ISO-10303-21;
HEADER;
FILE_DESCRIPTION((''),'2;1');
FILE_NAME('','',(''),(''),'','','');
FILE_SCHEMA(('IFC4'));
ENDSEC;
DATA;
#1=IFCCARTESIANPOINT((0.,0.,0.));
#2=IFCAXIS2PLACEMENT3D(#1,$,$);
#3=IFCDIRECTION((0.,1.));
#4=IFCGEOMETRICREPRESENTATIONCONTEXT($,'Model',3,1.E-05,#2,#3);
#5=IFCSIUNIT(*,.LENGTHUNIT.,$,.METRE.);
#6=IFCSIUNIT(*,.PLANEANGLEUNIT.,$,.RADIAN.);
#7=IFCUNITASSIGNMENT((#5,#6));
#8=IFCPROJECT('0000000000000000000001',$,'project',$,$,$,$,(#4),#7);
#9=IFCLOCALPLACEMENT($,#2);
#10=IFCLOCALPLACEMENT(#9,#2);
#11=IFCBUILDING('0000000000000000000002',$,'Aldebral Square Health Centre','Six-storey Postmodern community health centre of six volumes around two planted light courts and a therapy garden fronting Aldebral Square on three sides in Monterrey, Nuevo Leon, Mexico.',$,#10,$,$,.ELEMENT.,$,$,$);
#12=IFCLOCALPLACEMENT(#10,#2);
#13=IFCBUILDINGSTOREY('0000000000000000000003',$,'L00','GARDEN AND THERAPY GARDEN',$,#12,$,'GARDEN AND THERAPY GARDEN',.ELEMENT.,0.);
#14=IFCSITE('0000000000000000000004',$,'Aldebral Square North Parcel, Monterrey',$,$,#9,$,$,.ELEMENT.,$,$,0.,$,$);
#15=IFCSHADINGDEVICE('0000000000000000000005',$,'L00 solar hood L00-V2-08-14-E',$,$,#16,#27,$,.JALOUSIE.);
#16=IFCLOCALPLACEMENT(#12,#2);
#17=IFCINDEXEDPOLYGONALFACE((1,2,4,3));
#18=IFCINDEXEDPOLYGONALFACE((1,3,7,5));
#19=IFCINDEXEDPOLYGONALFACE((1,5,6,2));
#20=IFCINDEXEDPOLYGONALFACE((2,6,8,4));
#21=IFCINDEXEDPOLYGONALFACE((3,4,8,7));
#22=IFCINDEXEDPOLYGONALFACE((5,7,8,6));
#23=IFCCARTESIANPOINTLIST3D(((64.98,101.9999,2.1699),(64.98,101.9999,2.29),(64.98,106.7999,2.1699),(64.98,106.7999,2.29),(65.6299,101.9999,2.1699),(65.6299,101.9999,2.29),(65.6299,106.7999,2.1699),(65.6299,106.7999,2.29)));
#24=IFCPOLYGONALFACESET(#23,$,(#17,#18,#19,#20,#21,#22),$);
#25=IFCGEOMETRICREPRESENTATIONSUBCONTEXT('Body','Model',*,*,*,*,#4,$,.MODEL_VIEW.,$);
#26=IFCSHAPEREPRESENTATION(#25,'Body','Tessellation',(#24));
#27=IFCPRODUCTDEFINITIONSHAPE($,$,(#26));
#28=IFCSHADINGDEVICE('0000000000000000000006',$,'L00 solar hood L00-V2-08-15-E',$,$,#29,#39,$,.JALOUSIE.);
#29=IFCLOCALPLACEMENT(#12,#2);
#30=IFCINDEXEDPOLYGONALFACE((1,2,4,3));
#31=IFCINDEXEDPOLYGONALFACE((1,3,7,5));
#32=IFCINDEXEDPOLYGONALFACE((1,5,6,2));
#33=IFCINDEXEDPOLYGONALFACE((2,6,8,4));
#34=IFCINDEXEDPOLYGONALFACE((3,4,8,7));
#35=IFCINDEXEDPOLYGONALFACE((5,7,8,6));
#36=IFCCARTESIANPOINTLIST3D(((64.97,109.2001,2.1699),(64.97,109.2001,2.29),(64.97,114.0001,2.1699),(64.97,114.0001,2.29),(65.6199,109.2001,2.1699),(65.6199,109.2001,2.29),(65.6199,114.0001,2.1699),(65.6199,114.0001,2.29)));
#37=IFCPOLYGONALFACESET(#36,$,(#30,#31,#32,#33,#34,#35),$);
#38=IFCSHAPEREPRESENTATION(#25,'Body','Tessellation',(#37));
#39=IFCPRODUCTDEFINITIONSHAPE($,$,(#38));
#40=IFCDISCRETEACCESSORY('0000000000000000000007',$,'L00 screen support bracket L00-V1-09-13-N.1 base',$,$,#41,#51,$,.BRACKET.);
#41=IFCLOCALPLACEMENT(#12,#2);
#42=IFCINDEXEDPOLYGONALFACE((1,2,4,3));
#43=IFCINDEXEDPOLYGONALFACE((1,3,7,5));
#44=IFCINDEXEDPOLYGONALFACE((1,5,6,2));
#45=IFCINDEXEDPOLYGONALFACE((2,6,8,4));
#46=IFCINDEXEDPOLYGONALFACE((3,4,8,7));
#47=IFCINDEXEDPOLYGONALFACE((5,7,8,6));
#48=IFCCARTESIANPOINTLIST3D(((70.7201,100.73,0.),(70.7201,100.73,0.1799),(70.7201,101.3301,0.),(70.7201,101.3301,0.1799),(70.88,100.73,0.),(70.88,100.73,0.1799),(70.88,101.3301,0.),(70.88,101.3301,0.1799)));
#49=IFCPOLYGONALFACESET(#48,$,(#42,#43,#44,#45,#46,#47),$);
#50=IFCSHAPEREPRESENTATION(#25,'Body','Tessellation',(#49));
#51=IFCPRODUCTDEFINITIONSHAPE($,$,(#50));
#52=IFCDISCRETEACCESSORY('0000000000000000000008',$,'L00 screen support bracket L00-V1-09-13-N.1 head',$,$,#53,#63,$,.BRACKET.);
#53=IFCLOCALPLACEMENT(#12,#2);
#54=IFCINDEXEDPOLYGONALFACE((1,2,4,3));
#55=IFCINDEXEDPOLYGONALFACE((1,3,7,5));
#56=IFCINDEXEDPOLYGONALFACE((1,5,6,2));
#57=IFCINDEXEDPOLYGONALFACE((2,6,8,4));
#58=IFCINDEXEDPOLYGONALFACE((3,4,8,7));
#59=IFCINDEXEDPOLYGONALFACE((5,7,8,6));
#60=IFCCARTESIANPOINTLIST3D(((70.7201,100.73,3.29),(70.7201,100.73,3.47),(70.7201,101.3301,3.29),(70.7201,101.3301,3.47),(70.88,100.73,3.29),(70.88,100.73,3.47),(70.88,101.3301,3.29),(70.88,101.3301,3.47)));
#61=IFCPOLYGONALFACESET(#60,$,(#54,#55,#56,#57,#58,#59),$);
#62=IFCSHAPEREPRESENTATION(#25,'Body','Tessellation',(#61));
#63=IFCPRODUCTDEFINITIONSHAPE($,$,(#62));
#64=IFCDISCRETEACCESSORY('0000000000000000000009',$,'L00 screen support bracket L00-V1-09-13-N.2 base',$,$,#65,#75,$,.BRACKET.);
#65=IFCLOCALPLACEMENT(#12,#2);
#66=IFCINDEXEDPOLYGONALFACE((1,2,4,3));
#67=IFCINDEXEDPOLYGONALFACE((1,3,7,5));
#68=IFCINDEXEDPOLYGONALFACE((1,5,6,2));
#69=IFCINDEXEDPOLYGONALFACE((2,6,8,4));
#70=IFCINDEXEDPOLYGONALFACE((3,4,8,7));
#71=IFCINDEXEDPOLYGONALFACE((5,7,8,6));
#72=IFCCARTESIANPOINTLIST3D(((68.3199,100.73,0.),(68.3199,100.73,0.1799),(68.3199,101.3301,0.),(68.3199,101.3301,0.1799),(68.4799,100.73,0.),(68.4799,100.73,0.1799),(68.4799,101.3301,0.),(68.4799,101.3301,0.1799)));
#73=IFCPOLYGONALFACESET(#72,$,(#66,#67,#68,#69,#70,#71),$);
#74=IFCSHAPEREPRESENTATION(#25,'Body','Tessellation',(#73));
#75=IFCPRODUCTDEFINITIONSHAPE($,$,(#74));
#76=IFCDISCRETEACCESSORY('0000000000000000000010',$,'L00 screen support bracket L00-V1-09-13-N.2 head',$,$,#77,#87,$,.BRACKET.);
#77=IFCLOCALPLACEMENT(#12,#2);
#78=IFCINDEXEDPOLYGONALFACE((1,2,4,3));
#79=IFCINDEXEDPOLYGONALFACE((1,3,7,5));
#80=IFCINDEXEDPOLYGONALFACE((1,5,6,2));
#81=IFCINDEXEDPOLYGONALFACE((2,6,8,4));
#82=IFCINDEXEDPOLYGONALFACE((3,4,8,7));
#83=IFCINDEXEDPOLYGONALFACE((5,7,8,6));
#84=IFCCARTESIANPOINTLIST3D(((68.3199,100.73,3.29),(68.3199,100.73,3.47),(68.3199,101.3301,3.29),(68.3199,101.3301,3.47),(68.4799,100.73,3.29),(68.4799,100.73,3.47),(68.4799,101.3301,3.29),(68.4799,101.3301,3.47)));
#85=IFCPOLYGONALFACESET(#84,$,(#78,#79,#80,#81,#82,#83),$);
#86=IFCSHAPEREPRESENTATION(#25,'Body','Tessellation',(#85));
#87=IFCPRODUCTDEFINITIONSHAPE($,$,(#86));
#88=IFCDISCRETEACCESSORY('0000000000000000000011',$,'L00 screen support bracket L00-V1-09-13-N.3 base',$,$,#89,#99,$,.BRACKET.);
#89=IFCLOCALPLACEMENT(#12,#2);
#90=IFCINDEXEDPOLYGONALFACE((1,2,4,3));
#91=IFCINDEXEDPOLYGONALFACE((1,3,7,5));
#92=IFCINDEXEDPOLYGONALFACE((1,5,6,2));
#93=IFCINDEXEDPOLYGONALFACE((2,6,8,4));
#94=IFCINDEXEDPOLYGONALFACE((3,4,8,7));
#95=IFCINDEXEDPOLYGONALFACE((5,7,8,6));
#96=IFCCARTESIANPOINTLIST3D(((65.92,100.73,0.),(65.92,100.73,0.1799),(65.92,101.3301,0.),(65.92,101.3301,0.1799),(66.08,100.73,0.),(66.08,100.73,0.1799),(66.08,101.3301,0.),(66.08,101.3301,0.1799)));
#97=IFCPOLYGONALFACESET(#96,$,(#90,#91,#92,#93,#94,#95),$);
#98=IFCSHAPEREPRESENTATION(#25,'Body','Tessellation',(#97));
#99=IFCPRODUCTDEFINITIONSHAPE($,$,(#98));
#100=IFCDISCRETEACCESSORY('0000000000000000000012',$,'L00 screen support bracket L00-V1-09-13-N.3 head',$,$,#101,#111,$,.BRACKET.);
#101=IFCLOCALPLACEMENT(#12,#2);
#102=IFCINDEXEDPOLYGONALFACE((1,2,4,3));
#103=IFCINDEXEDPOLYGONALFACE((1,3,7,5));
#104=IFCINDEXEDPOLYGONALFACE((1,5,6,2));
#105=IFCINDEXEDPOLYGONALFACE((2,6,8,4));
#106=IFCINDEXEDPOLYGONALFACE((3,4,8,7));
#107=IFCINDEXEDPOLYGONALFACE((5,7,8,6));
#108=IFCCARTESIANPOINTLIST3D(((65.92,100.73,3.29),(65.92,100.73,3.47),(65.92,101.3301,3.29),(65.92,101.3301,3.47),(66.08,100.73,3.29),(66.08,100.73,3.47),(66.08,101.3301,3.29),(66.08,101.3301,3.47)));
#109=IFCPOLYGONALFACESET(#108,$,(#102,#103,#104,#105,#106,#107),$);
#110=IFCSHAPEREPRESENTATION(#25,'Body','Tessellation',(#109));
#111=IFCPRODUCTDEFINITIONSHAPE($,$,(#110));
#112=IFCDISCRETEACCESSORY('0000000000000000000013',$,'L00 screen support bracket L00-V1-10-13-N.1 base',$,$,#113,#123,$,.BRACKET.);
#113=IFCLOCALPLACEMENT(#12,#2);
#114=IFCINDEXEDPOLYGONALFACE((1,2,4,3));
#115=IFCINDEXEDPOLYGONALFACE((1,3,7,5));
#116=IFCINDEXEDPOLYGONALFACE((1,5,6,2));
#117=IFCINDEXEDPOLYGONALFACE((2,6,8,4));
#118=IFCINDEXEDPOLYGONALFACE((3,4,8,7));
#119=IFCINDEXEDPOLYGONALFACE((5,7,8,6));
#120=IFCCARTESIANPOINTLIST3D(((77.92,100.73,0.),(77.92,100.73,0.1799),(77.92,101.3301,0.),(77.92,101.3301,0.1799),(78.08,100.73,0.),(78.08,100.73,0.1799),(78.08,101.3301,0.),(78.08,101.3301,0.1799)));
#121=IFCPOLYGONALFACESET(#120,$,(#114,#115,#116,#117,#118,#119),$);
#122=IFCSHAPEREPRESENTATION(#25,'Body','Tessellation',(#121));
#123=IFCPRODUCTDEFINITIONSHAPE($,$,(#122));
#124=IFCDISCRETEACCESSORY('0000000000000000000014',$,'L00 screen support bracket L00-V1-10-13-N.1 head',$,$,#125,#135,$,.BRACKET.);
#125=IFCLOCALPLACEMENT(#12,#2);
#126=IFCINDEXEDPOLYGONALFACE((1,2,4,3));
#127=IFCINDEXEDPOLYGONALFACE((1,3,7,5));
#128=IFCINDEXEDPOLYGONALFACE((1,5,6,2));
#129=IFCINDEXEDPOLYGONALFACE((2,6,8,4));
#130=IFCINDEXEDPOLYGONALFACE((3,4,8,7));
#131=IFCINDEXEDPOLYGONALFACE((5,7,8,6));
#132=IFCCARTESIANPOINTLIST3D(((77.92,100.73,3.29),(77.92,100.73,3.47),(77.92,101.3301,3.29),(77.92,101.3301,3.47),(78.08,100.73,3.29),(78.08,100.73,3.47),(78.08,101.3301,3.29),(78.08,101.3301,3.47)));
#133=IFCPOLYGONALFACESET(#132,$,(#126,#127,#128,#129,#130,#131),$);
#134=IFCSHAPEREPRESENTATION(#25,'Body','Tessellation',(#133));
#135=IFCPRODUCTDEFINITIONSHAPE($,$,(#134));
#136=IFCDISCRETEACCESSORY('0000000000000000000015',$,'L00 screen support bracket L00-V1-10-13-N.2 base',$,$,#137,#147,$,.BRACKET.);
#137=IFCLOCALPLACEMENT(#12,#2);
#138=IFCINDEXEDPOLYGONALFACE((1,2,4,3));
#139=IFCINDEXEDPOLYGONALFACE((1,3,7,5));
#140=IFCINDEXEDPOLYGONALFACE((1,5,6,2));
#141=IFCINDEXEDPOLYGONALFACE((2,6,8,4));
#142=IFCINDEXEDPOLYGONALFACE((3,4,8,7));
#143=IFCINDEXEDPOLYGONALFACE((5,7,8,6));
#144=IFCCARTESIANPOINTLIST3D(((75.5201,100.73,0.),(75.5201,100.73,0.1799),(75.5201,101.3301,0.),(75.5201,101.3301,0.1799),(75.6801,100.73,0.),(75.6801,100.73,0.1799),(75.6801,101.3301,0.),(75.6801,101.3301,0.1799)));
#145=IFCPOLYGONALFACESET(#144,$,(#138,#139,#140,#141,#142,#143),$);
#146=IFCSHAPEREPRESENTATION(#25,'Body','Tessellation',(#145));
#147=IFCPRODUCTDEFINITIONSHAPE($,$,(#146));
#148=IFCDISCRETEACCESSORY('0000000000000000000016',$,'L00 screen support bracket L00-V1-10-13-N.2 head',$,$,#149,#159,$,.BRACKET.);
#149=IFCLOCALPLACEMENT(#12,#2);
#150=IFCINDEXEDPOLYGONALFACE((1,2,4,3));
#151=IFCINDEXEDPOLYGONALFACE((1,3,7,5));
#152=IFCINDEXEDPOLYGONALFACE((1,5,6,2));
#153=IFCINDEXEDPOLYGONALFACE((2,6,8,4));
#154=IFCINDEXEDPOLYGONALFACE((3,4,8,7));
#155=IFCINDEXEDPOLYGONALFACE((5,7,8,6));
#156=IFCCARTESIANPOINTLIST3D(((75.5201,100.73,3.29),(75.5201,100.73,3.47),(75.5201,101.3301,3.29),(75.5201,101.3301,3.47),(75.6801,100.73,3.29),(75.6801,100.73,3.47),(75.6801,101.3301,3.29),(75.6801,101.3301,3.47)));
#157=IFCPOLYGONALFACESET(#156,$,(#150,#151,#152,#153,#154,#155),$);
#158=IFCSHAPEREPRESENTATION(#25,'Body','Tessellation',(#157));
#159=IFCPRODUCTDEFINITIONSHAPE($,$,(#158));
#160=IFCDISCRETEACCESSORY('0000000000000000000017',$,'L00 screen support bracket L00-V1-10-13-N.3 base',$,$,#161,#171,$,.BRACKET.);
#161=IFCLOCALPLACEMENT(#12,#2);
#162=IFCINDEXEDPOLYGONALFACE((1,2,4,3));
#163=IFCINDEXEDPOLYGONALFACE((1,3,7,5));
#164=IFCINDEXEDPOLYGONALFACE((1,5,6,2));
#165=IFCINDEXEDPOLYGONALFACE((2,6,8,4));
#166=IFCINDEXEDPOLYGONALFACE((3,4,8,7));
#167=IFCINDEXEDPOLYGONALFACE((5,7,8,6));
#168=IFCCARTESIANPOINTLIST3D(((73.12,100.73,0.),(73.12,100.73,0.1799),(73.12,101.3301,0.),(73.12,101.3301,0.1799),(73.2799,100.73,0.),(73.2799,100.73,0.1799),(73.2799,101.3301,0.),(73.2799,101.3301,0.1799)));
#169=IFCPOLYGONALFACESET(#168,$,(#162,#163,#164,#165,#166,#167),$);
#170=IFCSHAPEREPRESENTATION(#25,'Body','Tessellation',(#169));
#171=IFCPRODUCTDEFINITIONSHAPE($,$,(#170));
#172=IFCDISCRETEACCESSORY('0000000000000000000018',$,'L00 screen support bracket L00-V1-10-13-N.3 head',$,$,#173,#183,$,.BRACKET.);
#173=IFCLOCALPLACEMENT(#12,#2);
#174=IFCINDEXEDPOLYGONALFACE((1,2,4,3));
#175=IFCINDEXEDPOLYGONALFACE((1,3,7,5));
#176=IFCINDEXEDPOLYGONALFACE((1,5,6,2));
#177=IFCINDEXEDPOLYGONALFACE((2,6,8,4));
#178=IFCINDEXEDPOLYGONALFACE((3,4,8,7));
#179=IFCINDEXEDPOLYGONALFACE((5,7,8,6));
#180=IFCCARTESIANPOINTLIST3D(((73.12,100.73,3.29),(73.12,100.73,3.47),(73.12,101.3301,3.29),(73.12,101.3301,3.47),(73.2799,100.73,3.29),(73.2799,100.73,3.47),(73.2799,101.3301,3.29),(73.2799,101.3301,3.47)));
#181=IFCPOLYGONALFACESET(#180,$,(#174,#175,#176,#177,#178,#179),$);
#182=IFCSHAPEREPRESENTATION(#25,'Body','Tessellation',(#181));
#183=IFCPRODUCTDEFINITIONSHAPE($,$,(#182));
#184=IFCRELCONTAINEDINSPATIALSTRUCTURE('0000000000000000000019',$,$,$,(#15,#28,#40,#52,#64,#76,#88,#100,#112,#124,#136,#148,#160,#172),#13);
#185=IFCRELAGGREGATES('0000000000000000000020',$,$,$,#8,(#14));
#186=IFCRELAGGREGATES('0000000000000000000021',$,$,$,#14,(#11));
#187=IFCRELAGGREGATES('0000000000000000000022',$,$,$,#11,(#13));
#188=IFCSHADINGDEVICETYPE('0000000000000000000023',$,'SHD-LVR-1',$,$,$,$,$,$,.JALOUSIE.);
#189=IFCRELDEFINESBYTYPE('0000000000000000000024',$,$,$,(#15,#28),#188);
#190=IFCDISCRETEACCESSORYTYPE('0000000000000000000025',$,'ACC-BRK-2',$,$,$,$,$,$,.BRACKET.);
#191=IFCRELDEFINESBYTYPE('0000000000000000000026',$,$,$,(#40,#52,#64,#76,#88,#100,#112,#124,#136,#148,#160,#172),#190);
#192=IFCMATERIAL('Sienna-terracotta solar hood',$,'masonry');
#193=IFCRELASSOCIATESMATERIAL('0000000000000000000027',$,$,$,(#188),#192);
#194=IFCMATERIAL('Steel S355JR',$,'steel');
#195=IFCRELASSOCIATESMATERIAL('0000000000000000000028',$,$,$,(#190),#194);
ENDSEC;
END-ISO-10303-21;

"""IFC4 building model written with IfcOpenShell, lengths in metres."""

from ifc_helpers import new_model, si_unit, direction, frame, origin, origin_2d, place, context, subcontext, project, spatial, rectangle, extrude, material, type_object, element, save


model = new_model("IFC4")

# Units and contexts
model_context = context("Model", 3, precision=1e-05, world=origin(), true_north=direction((0.0, 1.0)))
body_context = subcontext(model_context, "Body", "Model", "MODEL_VIEW")
ifc_project = project(units=[si_unit("LENGTHUNIT", "METRE"), si_unit("PLANEANGLEUNIT", "RADIAN")], contexts=[model_context])

# Site, building, storey
site_placement = place(None, origin())
site = spatial("IfcSite", under=ifc_project, at=site_placement, Name="Aldebral Square North Parcel, Monterrey", CompositionType="ELEMENT", RefElevation=0.0)
building_placement = place(site_placement, origin())
building = spatial("IfcBuilding", under=site, at=building_placement, Name="Aldebral Square Health Centre", Description="Six-storey Postmodern community health centre of six volumes around two planted light courts and a therapy garden fronting Aldebral Square on three sides in Monterrey, Nuevo Leon, Mexico.", CompositionType="ELEMENT")
storey_placement = place(building_placement, origin())
storey = spatial("IfcBuildingStorey", under=building, at=storey_placement, Name="L00", Description="GARDEN AND THERAPY GARDEN", LongName="GARDEN AND THERAPY GARDEN", CompositionType="ELEMENT", Elevation=0.0)

# Shading devices
ifc_material_1 = material(Name="Sienna-terracotta solar hood", Category="masonry")
shading_device_type = type_object("IfcShadingDeviceType", Name="SHD-LVR-1", PredefinedType="JALOUSIE", material=ifc_material_1)
for number, where, z_axis, x_axis, name in (
    (1, (65.3049, 104.3999, 2.1699), (0.0, 0.0, 1.0), (0.0, 1.0, 0.0), "L00 solar hood L00-V2-08-14-E"),
    (2, (65.2949, 111.6001, 2.1699), (0.0, 0.0, 1.0), (0.0, 1.0, 0.0), "L00 solar hood L00-V2-08-15-E"),
):
    element("IfcShadingDevice", number, at=place(storey_placement, frame(where, z_axis=z_axis, x_axis=x_axis)), inside=storey, type_object=shading_device_type, Name=name, PredefinedType="JALOUSIE", context=body_context, shape_type="SweptSolid", body=[
        extrude(rectangle(XDim=4.8, YDim=0.6499, at=origin_2d()), origin(), (0.0, 0.0, 1.0), 0.1201),
    ])

# Discrete accessories
ifc_material_2 = material(Name="Steel S355JR", Category="steel")
discrete_accessory_type = type_object("IfcDiscreteAccessoryType", Name="ACC-BRK-2", PredefinedType="BRACKET", material=ifc_material_2)
for number, where, z_axis, x_axis, name in (
    (3, (70.8, 101.03, 0.0), (0.0, 0.0, 1.0), (1.0, 0.0, 0.0), "L00 screen support bracket L00-V1-09-13-N.1 base"),
    (4, (70.8, 101.03, 3.29), (0.0, 0.0, 1.0), (1.0, 0.0, 0.0), "L00 screen support bracket L00-V1-09-13-N.1 head"),
    (5, (68.3999, 101.03, 0.0), (0.0, 0.0, 1.0), (1.0, 0.0, 0.0), "L00 screen support bracket L00-V1-09-13-N.2 base"),
    (6, (68.3999, 101.03, 3.29), (0.0, 0.0, 1.0), (1.0, 0.0, 0.0), "L00 screen support bracket L00-V1-09-13-N.2 head"),
    (7, (66.0, 101.03, 0.0), (0.0, 0.0, 1.0), (1.0, 0.0, 0.0), "L00 screen support bracket L00-V1-09-13-N.3 base"),
    (8, (66.0, 101.03, 3.29), (0.0, 0.0, 1.0), (1.0, 0.0, 0.0), "L00 screen support bracket L00-V1-09-13-N.3 head"),
    (9, (78.0, 101.03, 0.0), (0.0, 0.0, 1.0), (1.0, 0.0, 0.0), "L00 screen support bracket L00-V1-10-13-N.1 base"),
    (10, (78.0, 101.03, 3.29), (0.0, 0.0, 1.0), (1.0, 0.0, 0.0), "L00 screen support bracket L00-V1-10-13-N.1 head"),
    (11, (75.6001, 101.03, 0.0), (0.0, 0.0, 1.0), (1.0, 0.0, 0.0), "L00 screen support bracket L00-V1-10-13-N.2 base"),
    (12, (75.6001, 101.03, 3.29), (0.0, 0.0, 1.0), (1.0, 0.0, 0.0), "L00 screen support bracket L00-V1-10-13-N.2 head"),
    (13, (73.2, 101.03, 0.0), (0.0, 0.0, 1.0), (1.0, 0.0, 0.0), "L00 screen support bracket L00-V1-10-13-N.3 base"),
    (14, (73.2, 101.03, 3.29), (0.0, 0.0, 1.0), (1.0, 0.0, 0.0), "L00 screen support bracket L00-V1-10-13-N.3 head"),
):
    element("IfcDiscreteAccessory", number, at=place(storey_placement, frame(where, z_axis=z_axis, x_axis=x_axis)), inside=storey, type_object=discrete_accessory_type, Name=name, PredefinedType="BRACKET", context=body_context, shape_type="SweptSolid", body=[
        extrude(rectangle(XDim=0.1599, YDim=0.6001, at=origin_2d()), origin(), (0.0, 0.0, 1.0), 0.1799),
    ])

save(model, "model.ifc")
